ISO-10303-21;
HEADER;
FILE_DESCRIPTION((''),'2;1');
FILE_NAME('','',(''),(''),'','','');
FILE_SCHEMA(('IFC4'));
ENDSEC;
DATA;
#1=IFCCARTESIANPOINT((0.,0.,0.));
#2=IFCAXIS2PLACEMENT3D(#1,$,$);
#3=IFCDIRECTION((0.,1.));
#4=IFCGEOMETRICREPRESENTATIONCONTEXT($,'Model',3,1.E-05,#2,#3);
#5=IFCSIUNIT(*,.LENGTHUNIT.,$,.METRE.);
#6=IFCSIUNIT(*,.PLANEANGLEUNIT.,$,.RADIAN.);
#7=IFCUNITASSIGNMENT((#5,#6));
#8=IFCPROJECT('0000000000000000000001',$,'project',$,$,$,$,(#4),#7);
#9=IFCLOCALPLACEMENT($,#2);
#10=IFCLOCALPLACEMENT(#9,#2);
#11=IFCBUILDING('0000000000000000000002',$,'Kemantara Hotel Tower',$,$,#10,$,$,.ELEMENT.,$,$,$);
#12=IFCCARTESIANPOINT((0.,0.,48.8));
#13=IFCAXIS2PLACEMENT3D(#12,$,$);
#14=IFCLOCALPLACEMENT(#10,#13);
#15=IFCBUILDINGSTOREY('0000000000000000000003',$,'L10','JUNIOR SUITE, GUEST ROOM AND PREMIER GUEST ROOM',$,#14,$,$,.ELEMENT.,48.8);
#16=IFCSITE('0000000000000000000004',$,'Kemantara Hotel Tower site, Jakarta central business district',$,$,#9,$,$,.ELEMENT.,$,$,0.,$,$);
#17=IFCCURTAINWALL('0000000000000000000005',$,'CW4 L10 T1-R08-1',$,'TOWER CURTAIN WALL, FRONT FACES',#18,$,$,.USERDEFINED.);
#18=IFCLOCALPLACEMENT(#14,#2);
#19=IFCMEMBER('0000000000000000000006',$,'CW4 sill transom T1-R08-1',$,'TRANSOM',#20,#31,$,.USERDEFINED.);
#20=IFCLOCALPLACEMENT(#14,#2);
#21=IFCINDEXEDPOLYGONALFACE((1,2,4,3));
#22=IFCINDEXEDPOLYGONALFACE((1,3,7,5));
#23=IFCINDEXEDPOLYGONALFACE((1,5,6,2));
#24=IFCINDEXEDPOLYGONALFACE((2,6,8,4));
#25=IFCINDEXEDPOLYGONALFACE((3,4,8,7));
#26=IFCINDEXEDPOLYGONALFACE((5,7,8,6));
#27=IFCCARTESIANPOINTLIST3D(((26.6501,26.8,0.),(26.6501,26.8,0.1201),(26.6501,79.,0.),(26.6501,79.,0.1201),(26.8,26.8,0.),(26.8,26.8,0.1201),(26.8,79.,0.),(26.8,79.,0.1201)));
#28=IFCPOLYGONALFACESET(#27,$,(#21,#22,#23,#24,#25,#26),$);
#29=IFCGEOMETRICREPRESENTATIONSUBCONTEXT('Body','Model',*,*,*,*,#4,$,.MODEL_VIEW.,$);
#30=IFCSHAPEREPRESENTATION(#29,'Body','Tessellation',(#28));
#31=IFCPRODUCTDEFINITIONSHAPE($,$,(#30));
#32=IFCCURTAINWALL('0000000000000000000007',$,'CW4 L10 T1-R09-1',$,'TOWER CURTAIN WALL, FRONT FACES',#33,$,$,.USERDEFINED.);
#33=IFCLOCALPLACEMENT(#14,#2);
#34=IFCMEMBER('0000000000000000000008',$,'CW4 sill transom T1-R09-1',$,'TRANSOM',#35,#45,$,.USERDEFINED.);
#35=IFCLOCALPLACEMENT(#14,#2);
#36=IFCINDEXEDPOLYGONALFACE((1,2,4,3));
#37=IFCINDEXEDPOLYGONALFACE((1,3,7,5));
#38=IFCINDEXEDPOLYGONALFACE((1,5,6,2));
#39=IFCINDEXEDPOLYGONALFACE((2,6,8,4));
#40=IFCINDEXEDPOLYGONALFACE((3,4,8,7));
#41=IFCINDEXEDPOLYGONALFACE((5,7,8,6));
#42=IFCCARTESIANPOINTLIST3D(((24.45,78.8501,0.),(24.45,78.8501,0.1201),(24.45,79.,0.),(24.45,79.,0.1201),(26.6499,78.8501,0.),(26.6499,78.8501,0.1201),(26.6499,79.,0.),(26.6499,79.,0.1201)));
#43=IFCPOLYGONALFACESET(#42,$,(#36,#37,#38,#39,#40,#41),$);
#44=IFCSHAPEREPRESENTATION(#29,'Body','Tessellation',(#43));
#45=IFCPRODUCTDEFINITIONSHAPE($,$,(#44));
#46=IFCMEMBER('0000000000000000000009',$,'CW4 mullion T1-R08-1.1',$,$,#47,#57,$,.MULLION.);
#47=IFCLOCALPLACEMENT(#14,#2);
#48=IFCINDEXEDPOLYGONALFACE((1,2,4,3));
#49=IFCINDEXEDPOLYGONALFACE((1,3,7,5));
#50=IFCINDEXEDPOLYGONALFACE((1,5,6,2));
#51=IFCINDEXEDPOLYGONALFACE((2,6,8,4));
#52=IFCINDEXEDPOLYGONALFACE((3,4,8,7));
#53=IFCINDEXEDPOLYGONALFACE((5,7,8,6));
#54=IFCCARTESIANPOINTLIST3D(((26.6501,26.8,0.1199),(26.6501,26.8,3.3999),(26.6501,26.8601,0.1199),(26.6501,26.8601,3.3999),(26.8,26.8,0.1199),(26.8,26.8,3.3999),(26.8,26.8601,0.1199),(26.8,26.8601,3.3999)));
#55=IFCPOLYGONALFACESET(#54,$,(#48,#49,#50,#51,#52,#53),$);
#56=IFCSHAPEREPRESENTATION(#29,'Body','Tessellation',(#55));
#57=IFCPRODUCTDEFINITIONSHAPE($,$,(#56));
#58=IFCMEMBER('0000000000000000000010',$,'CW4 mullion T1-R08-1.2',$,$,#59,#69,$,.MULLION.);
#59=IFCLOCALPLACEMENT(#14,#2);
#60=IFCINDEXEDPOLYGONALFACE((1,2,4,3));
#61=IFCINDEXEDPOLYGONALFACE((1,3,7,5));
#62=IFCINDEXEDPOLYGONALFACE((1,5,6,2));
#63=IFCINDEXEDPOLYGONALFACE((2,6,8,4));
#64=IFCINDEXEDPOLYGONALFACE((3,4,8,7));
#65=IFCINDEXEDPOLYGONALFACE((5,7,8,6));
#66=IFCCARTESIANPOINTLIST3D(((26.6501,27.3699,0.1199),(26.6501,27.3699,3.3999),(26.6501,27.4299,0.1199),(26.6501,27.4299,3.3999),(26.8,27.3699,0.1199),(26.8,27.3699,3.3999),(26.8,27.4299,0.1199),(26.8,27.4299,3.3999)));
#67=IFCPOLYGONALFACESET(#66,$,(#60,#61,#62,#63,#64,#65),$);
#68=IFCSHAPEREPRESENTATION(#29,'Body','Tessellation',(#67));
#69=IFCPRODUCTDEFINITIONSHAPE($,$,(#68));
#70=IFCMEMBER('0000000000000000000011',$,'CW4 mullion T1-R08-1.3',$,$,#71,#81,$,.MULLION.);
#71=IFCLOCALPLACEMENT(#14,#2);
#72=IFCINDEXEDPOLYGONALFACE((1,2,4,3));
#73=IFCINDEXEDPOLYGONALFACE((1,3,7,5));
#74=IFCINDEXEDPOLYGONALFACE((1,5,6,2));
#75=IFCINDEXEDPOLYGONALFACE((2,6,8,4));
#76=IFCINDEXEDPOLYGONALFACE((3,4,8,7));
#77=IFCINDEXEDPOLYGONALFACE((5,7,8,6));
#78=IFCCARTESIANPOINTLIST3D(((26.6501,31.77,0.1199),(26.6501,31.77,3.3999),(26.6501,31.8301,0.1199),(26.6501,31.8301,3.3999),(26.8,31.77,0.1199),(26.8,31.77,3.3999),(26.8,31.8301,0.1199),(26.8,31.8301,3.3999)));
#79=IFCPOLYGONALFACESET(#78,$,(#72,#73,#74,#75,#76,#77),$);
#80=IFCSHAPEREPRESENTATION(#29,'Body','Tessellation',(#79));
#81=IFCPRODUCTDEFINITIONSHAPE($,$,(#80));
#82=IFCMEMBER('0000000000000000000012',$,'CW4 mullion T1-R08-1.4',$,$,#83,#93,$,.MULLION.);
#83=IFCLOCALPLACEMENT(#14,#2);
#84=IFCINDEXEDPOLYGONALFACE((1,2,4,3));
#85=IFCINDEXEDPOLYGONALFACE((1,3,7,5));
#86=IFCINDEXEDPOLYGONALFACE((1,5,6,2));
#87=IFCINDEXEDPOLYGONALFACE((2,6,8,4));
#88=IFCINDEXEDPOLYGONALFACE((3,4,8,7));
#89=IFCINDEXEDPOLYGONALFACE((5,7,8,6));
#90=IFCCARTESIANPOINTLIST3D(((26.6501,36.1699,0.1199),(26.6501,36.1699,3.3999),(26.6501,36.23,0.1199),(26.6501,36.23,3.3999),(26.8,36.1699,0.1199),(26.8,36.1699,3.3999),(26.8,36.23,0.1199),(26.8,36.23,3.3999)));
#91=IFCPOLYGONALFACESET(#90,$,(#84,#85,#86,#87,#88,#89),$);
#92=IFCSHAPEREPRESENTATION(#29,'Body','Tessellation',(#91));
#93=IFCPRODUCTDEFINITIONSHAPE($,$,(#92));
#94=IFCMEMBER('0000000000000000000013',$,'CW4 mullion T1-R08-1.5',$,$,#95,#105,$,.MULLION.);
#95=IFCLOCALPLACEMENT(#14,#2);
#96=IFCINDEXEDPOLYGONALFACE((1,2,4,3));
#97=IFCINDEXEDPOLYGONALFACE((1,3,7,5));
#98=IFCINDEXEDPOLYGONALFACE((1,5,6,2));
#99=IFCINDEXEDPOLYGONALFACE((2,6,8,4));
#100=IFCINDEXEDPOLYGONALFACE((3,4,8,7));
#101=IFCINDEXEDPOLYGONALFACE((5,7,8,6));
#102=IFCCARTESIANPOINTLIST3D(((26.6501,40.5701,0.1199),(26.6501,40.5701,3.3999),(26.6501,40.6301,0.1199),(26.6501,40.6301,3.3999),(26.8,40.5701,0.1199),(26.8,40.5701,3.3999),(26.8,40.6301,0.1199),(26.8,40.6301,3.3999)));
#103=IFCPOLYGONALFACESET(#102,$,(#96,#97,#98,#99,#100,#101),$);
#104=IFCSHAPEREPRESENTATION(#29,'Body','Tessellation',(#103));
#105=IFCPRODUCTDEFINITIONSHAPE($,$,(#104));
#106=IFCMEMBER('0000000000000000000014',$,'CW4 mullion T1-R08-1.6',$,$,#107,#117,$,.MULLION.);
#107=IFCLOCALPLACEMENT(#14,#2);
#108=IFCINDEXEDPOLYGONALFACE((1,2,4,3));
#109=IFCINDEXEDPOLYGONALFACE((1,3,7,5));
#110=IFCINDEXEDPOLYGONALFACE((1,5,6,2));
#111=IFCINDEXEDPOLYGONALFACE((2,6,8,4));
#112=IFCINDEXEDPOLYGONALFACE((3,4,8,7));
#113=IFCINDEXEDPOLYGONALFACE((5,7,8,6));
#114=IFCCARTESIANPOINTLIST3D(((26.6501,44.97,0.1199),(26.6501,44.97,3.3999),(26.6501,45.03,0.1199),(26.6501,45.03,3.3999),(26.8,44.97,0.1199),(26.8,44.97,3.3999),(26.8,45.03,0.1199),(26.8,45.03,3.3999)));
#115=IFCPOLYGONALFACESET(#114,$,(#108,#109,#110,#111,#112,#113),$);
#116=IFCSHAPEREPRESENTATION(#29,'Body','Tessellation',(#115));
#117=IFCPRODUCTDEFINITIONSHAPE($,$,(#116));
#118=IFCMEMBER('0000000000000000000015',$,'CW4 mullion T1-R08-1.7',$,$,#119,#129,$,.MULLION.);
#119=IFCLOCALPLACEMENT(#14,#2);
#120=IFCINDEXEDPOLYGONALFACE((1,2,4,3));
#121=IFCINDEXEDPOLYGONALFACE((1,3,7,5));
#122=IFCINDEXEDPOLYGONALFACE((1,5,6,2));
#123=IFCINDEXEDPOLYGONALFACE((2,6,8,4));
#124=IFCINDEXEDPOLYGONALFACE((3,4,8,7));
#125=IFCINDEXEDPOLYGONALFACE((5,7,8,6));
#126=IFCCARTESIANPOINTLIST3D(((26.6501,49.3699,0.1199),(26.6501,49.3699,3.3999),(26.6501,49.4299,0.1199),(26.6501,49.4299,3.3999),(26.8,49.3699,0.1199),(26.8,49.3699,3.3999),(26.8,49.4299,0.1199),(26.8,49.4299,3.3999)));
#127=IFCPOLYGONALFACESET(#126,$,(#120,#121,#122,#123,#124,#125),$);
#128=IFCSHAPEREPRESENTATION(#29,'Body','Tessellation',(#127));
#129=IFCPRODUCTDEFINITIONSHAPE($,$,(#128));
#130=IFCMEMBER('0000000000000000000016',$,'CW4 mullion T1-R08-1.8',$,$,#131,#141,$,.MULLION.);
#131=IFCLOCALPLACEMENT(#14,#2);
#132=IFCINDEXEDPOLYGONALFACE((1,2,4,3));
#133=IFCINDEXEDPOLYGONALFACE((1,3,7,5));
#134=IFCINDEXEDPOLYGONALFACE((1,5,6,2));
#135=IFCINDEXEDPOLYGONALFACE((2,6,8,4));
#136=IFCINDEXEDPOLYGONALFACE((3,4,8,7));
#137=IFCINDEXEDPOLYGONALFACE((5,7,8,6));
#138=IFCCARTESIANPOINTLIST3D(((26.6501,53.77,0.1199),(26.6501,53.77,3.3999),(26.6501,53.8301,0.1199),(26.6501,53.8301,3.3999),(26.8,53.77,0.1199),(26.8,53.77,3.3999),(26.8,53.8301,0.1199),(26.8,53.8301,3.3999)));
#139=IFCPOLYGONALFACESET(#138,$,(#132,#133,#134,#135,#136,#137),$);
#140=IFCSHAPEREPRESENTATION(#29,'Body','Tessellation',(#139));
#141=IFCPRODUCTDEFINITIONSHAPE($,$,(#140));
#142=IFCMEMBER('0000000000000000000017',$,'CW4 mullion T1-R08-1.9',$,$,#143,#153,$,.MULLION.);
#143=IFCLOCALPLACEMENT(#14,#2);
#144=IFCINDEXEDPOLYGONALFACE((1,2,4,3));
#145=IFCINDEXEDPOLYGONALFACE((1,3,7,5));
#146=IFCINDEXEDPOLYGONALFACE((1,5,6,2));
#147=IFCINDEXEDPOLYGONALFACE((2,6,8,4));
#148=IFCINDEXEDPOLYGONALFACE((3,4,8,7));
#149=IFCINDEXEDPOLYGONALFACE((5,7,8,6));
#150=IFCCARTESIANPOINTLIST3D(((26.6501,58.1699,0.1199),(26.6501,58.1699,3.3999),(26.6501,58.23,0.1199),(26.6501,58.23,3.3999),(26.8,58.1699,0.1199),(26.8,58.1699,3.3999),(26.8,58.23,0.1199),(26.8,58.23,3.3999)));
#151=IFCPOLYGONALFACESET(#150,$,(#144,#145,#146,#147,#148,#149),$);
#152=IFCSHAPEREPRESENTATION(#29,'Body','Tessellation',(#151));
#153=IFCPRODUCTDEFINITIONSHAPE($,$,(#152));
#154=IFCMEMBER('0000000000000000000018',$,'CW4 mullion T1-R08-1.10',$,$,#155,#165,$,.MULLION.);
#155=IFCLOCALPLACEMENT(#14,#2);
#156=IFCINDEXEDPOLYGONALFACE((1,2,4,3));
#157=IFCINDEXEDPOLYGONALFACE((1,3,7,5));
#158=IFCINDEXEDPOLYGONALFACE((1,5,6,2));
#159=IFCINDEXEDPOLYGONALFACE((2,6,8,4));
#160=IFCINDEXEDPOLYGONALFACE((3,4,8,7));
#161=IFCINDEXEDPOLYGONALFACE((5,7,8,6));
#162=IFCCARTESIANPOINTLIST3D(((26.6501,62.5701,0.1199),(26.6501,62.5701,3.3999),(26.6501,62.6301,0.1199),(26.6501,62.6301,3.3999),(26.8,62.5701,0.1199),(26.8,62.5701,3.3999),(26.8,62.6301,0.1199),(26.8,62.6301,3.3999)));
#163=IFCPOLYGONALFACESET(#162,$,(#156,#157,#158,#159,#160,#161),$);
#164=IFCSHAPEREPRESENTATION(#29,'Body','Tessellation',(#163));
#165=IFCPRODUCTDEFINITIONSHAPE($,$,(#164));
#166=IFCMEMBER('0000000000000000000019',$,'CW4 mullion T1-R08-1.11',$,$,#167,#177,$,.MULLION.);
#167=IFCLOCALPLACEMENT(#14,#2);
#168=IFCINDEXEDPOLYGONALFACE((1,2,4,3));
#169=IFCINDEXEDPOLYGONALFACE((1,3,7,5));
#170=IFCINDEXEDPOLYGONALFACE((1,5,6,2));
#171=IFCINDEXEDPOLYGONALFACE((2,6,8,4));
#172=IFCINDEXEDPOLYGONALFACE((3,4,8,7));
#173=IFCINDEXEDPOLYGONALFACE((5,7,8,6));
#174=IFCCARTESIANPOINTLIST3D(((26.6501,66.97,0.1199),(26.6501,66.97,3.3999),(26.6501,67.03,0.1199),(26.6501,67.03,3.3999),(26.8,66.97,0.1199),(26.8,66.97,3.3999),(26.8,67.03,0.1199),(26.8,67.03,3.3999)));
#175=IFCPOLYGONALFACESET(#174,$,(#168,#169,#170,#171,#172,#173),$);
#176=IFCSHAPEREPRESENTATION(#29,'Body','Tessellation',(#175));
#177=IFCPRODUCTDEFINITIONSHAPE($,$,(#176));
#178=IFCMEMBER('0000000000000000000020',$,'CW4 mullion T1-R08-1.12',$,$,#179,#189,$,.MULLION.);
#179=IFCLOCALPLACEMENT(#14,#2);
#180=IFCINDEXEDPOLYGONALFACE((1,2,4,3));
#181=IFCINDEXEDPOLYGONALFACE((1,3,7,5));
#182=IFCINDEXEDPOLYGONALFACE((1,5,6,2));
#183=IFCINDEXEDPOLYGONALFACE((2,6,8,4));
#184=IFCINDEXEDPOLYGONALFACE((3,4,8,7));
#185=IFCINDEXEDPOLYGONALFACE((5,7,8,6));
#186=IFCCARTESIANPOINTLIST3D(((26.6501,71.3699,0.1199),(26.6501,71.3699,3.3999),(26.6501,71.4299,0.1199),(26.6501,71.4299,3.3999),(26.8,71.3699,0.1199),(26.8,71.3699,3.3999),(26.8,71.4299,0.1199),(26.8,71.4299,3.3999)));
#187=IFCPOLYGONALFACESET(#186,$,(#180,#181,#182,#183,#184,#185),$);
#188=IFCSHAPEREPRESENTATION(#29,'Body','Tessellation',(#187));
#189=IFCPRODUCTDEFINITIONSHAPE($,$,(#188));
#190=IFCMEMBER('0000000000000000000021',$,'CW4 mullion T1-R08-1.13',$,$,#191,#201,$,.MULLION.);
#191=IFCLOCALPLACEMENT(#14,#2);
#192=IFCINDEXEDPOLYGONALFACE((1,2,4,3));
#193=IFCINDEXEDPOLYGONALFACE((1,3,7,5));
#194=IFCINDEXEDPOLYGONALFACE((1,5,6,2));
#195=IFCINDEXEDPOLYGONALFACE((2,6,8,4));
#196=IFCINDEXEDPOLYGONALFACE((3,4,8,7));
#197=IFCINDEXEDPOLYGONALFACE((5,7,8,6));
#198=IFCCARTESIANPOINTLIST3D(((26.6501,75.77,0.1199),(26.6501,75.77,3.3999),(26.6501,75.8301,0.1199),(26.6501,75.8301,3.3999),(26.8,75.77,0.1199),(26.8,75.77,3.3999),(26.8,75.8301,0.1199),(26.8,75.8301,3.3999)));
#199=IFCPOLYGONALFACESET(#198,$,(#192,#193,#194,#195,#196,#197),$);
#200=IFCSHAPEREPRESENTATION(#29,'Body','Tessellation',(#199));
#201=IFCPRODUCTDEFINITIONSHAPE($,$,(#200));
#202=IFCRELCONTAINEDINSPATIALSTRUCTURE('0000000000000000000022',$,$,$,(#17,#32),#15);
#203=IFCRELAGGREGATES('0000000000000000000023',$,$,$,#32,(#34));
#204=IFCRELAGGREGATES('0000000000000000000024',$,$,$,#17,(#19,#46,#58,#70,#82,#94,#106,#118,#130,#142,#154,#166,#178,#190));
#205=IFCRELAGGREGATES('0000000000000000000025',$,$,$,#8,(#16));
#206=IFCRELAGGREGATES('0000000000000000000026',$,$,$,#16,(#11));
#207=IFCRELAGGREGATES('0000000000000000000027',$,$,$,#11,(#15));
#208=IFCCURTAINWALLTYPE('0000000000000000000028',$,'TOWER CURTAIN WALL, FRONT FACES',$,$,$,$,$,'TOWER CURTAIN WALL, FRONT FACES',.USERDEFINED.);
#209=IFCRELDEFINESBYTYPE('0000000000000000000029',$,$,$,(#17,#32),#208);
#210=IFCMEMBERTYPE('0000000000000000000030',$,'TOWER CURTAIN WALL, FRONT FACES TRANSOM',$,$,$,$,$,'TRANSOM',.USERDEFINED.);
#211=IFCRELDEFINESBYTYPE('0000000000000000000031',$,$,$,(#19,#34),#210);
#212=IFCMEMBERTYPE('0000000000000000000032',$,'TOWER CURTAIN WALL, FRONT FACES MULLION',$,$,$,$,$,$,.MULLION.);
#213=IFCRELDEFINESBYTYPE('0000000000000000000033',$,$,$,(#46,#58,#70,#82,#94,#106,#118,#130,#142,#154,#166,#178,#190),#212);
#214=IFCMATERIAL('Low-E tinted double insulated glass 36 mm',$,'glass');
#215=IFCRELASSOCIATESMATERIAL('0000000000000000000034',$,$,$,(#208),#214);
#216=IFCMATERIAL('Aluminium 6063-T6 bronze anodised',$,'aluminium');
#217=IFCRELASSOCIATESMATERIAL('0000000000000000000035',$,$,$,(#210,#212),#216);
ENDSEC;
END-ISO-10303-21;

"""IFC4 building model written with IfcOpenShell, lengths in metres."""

from ifc_helpers import new_model, si_unit, direction, frame, origin, origin_2d, place, context, subcontext, project, spatial, rectangle, extrude, source, transform, mapped, material, material_profile, profile_set, type_object, element, aggregate, save


model = new_model("IFC4")

# Units and contexts
model_context = context("Model", 3, precision=1e-05, world=origin(), true_north=direction((0.0, 1.0)))
body_context = subcontext(model_context, "Body", "Model", "MODEL_VIEW")
ifc_project = project(units=[si_unit("LENGTHUNIT", "METRE"), si_unit("PLANEANGLEUNIT", "RADIAN")], contexts=[model_context])

# Site, building, storey
site_placement = place(None, origin())
site = spatial("IfcSite", under=ifc_project, at=site_placement, Name="Kemantara Hotel Tower site, Jakarta central business district", CompositionType="ELEMENT", RefElevation=0.0)
building_placement = place(site_placement, origin())
building = spatial("IfcBuilding", under=site, at=building_placement, Name="Kemantara Hotel Tower", CompositionType="ELEMENT")
storey_placement = place(building_placement, frame((0.0, 0.0, 48.8)))
storey = spatial("IfcBuildingStorey", under=building, at=storey_placement, Name="L10", Description="JUNIOR SUITE, GUEST ROOM AND PREMIER GUEST ROOM", CompositionType="ELEMENT", Elevation=48.8)

# Curtain walls, members
ifc_material_1 = material(Name="Low-E tinted double insulated glass 36 mm", Category="glass")
curtain_wall_type = type_object("IfcCurtainWallType", Name="TOWER CURTAIN WALL, FRONT FACES", ElementType="TOWER CURTAIN WALL, FRONT FACES", PredefinedType="USERDEFINED", material=ifc_material_1)
curtain_wall_1_placement = place(storey_placement, origin())
curtain_wall_1 = element("IfcCurtainWall", 1, at=curtain_wall_1_placement, inside=storey, type_object=curtain_wall_type, Name="CW4 L10 T1-R08-1", ObjectType="TOWER CURTAIN WALL, FRONT FACES", PredefinedType="USERDEFINED")
ifc_material_2 = material(Name="Aluminium 6063-T6 bronze anodised", Category="aluminium")
ifc_material_profile_1 = material_profile(ifc_material_2, rectangle(XDim=0.1499, YDim=0.1201, at=origin_2d()), Name="TOWER CURTAIN WALL, FRONT FACES TRANSOM")
ifc_profile_set_1 = profile_set([ifc_material_profile_1], Name="Aluminium 6063-T6 bronze anodised")
member_type_1 = type_object("IfcMemberType", Name="TOWER CURTAIN WALL, FRONT FACES TRANSOM", ElementType="TRANSOM", PredefinedType="USERDEFINED", material=ifc_profile_set_1)
member_1_placement = place(storey_placement, frame((26.7251, 26.8, 0.0601), z_axis=(0.0, 1.0, 0.0), x_axis=(-1.0, 0.0, 0.0)))
member_1 = element("IfcMember", 2, at=member_1_placement, type_object=member_type_1, Name="CW4 sill transom T1-R08-1", ObjectType="TRANSOM", PredefinedType="USERDEFINED", context=body_context, shape_type="SweptSolid", body=[
    extrude(rectangle(XDim=0.1499, YDim=0.1201, at=origin_2d()), origin(), (0.0, 0.0, 1.0), 52.2),
])
curtain_wall_2_placement = place(storey_placement, origin())
curtain_wall_2 = element("IfcCurtainWall", 3, at=curtain_wall_2_placement, inside=storey, type_object=curtain_wall_type, Name="CW4 L10 T1-R09-1", ObjectType="TOWER CURTAIN WALL, FRONT FACES", PredefinedType="USERDEFINED")
member_2_placement = place(storey_placement, frame((26.6499, 78.925, 0.0601), z_axis=(-1.0, 0.0, 0.0), x_axis=(0.0, -1.0, 0.0)))
member_2 = element("IfcMember", 4, at=member_2_placement, type_object=member_type_1, Name="CW4 sill transom T1-R09-1", ObjectType="TRANSOM", PredefinedType="USERDEFINED", context=body_context, shape_type="SweptSolid", body=[
    extrude(rectangle(XDim=0.1499, YDim=0.1201, at=origin_2d()), origin(), (0.0, 0.0, 1.0), 2.2),
])
aggregate(curtain_wall_2, [member_2])

# Members
ifc_material_profile_2 = material_profile(ifc_material_2, rectangle(XDim=0.1499, YDim=0.0601, at=origin_2d()), Name="TOWER CURTAIN WALL, FRONT FACES MULLION")
ifc_profile_set_2 = profile_set([ifc_material_profile_2], Name="Aluminium 6063-T6 bronze anodised")
member_type_2 = type_object("IfcMemberType", Name="TOWER CURTAIN WALL, FRONT FACES MULLION", PredefinedType="MULLION", material=ifc_profile_set_2)
shared_shape_1 = source(origin(), body_context, "Body", "SweptSolid", [
    extrude(rectangle(XDim=0.1499, YDim=0.0601, at=origin_2d()), origin(), (0.0, 0.0, 1.0), 3.28),
])
member_3_placement = place(storey_placement, frame((26.7251, 26.8301, 0.1199), z_axis=(0.0, 0.0, 1.0), x_axis=(-1.0, 0.0, 0.0)))
member_3 = element("IfcMember", 5, at=member_3_placement, type_object=member_type_2, Name="CW4 mullion T1-R08-1.1", PredefinedType="MULLION", context=body_context, shape_type="MappedRepresentation", body=[
    mapped(shared_shape_1, transform((0.0, 0.0, 0.0))),
])
member_4_placement = place(storey_placement, frame((26.7251, 27.3999, 0.1199), z_axis=(0.0, 0.0, 1.0), x_axis=(-1.0, 0.0, 0.0)))
member_4 = element("IfcMember", 6, at=member_4_placement, type_object=member_type_2, Name="CW4 mullion T1-R08-1.2", PredefinedType="MULLION", context=body_context, shape_type="MappedRepresentation", body=[
    mapped(shared_shape_1, transform((0.0, 0.0, 0.0))),
])
member_5_placement = place(storey_placement, frame((26.7251, 31.8, 0.1199), z_axis=(0.0, 0.0, 1.0), x_axis=(-1.0, 0.0, 0.0)))
member_5 = element("IfcMember", 7, at=member_5_placement, type_object=member_type_2, Name="CW4 mullion T1-R08-1.3", PredefinedType="MULLION", context=body_context, shape_type="MappedRepresentation", body=[
    mapped(shared_shape_1, transform((0.0, 0.0, 0.0))),
])
member_6_placement = place(storey_placement, frame((26.7251, 36.2, 0.1199), z_axis=(0.0, 0.0, 1.0), x_axis=(-1.0, 0.0, 0.0)))
member_6 = element("IfcMember", 8, at=member_6_placement, type_object=member_type_2, Name="CW4 mullion T1-R08-1.4", PredefinedType="MULLION", context=body_context, shape_type="MappedRepresentation", body=[
    mapped(shared_shape_1, transform((0.0, 0.0, 0.0))),
])
member_7_placement = place(storey_placement, frame((26.7251, 40.6001, 0.1199), z_axis=(0.0, 0.0, 1.0), x_axis=(-1.0, 0.0, 0.0)))
member_7 = element("IfcMember", 9, at=member_7_placement, type_object=member_type_2, Name="CW4 mullion T1-R08-1.5", PredefinedType="MULLION", context=body_context, shape_type="MappedRepresentation", body=[
    mapped(shared_shape_1, transform((0.0, 0.0, 0.0))),
])
member_8_placement = place(storey_placement, frame((26.7251, 45.0, 0.1199), z_axis=(0.0, 0.0, 1.0), x_axis=(-1.0, 0.0, 0.0)))
member_8 = element("IfcMember", 10, at=member_8_placement, type_object=member_type_2, Name="CW4 mullion T1-R08-1.6", PredefinedType="MULLION", context=body_context, shape_type="MappedRepresentation", body=[
    mapped(shared_shape_1, transform((0.0, 0.0, 0.0))),
])
member_9_placement = place(storey_placement, frame((26.7251, 49.3999, 0.1199), z_axis=(0.0, 0.0, 1.0), x_axis=(-1.0, 0.0, 0.0)))
member_9 = element("IfcMember", 11, at=member_9_placement, type_object=member_type_2, Name="CW4 mullion T1-R08-1.7", PredefinedType="MULLION", context=body_context, shape_type="MappedRepresentation", body=[
    mapped(shared_shape_1, transform((0.0, 0.0, 0.0))),
])
member_10_placement = place(storey_placement, frame((26.7251, 53.8, 0.1199), z_axis=(0.0, 0.0, 1.0), x_axis=(-1.0, 0.0, 0.0)))
member_10 = element("IfcMember", 12, at=member_10_placement, type_object=member_type_2, Name="CW4 mullion T1-R08-1.8", PredefinedType="MULLION", context=body_context, shape_type="MappedRepresentation", body=[
    mapped(shared_shape_1, transform((0.0, 0.0, 0.0))),
])
member_11_placement = place(storey_placement, frame((26.7251, 58.2, 0.1199), z_axis=(0.0, 0.0, 1.0), x_axis=(-1.0, 0.0, 0.0)))
member_11 = element("IfcMember", 13, at=member_11_placement, type_object=member_type_2, Name="CW4 mullion T1-R08-1.9", PredefinedType="MULLION", context=body_context, shape_type="MappedRepresentation", body=[
    mapped(shared_shape_1, transform((0.0, 0.0, 0.0))),
])
member_12_placement = place(storey_placement, frame((26.7251, 62.6001, 0.1199), z_axis=(0.0, 0.0, 1.0), x_axis=(-1.0, 0.0, 0.0)))
member_12 = element("IfcMember", 14, at=member_12_placement, type_object=member_type_2, Name="CW4 mullion T1-R08-1.10", PredefinedType="MULLION", context=body_context, shape_type="MappedRepresentation", body=[
    mapped(shared_shape_1, transform((0.0, 0.0, 0.0))),
])
member_13_placement = place(storey_placement, frame((26.7251, 67.0, 0.1199), z_axis=(0.0, 0.0, 1.0), x_axis=(-1.0, 0.0, 0.0)))
member_13 = element("IfcMember", 15, at=member_13_placement, type_object=member_type_2, Name="CW4 mullion T1-R08-1.11", PredefinedType="MULLION", context=body_context, shape_type="MappedRepresentation", body=[
    mapped(shared_shape_1, transform((0.0, 0.0, 0.0))),
])
member_14_placement = place(storey_placement, frame((26.7251, 71.3999, 0.1199), z_axis=(0.0, 0.0, 1.0), x_axis=(-1.0, 0.0, 0.0)))
member_14 = element("IfcMember", 16, at=member_14_placement, type_object=member_type_2, Name="CW4 mullion T1-R08-1.12", PredefinedType="MULLION", context=body_context, shape_type="MappedRepresentation", body=[
    mapped(shared_shape_1, transform((0.0, 0.0, 0.0))),
])
member_15_placement = place(storey_placement, frame((26.7251, 75.8, 0.1199), z_axis=(0.0, 0.0, 1.0), x_axis=(-1.0, 0.0, 0.0)))
member_15 = element("IfcMember", 17, at=member_15_placement, type_object=member_type_2, Name="CW4 mullion T1-R08-1.13", PredefinedType="MULLION", context=body_context, shape_type="MappedRepresentation", body=[
    mapped(shared_shape_1, transform((0.0, 0.0, 0.0))),
])

aggregate(curtain_wall_1, [member_1, member_3, member_4, member_5, member_6, member_7, member_8, member_9, member_10, member_11, member_12, member_13, member_14, member_15])

save(model, "model.ifc")
